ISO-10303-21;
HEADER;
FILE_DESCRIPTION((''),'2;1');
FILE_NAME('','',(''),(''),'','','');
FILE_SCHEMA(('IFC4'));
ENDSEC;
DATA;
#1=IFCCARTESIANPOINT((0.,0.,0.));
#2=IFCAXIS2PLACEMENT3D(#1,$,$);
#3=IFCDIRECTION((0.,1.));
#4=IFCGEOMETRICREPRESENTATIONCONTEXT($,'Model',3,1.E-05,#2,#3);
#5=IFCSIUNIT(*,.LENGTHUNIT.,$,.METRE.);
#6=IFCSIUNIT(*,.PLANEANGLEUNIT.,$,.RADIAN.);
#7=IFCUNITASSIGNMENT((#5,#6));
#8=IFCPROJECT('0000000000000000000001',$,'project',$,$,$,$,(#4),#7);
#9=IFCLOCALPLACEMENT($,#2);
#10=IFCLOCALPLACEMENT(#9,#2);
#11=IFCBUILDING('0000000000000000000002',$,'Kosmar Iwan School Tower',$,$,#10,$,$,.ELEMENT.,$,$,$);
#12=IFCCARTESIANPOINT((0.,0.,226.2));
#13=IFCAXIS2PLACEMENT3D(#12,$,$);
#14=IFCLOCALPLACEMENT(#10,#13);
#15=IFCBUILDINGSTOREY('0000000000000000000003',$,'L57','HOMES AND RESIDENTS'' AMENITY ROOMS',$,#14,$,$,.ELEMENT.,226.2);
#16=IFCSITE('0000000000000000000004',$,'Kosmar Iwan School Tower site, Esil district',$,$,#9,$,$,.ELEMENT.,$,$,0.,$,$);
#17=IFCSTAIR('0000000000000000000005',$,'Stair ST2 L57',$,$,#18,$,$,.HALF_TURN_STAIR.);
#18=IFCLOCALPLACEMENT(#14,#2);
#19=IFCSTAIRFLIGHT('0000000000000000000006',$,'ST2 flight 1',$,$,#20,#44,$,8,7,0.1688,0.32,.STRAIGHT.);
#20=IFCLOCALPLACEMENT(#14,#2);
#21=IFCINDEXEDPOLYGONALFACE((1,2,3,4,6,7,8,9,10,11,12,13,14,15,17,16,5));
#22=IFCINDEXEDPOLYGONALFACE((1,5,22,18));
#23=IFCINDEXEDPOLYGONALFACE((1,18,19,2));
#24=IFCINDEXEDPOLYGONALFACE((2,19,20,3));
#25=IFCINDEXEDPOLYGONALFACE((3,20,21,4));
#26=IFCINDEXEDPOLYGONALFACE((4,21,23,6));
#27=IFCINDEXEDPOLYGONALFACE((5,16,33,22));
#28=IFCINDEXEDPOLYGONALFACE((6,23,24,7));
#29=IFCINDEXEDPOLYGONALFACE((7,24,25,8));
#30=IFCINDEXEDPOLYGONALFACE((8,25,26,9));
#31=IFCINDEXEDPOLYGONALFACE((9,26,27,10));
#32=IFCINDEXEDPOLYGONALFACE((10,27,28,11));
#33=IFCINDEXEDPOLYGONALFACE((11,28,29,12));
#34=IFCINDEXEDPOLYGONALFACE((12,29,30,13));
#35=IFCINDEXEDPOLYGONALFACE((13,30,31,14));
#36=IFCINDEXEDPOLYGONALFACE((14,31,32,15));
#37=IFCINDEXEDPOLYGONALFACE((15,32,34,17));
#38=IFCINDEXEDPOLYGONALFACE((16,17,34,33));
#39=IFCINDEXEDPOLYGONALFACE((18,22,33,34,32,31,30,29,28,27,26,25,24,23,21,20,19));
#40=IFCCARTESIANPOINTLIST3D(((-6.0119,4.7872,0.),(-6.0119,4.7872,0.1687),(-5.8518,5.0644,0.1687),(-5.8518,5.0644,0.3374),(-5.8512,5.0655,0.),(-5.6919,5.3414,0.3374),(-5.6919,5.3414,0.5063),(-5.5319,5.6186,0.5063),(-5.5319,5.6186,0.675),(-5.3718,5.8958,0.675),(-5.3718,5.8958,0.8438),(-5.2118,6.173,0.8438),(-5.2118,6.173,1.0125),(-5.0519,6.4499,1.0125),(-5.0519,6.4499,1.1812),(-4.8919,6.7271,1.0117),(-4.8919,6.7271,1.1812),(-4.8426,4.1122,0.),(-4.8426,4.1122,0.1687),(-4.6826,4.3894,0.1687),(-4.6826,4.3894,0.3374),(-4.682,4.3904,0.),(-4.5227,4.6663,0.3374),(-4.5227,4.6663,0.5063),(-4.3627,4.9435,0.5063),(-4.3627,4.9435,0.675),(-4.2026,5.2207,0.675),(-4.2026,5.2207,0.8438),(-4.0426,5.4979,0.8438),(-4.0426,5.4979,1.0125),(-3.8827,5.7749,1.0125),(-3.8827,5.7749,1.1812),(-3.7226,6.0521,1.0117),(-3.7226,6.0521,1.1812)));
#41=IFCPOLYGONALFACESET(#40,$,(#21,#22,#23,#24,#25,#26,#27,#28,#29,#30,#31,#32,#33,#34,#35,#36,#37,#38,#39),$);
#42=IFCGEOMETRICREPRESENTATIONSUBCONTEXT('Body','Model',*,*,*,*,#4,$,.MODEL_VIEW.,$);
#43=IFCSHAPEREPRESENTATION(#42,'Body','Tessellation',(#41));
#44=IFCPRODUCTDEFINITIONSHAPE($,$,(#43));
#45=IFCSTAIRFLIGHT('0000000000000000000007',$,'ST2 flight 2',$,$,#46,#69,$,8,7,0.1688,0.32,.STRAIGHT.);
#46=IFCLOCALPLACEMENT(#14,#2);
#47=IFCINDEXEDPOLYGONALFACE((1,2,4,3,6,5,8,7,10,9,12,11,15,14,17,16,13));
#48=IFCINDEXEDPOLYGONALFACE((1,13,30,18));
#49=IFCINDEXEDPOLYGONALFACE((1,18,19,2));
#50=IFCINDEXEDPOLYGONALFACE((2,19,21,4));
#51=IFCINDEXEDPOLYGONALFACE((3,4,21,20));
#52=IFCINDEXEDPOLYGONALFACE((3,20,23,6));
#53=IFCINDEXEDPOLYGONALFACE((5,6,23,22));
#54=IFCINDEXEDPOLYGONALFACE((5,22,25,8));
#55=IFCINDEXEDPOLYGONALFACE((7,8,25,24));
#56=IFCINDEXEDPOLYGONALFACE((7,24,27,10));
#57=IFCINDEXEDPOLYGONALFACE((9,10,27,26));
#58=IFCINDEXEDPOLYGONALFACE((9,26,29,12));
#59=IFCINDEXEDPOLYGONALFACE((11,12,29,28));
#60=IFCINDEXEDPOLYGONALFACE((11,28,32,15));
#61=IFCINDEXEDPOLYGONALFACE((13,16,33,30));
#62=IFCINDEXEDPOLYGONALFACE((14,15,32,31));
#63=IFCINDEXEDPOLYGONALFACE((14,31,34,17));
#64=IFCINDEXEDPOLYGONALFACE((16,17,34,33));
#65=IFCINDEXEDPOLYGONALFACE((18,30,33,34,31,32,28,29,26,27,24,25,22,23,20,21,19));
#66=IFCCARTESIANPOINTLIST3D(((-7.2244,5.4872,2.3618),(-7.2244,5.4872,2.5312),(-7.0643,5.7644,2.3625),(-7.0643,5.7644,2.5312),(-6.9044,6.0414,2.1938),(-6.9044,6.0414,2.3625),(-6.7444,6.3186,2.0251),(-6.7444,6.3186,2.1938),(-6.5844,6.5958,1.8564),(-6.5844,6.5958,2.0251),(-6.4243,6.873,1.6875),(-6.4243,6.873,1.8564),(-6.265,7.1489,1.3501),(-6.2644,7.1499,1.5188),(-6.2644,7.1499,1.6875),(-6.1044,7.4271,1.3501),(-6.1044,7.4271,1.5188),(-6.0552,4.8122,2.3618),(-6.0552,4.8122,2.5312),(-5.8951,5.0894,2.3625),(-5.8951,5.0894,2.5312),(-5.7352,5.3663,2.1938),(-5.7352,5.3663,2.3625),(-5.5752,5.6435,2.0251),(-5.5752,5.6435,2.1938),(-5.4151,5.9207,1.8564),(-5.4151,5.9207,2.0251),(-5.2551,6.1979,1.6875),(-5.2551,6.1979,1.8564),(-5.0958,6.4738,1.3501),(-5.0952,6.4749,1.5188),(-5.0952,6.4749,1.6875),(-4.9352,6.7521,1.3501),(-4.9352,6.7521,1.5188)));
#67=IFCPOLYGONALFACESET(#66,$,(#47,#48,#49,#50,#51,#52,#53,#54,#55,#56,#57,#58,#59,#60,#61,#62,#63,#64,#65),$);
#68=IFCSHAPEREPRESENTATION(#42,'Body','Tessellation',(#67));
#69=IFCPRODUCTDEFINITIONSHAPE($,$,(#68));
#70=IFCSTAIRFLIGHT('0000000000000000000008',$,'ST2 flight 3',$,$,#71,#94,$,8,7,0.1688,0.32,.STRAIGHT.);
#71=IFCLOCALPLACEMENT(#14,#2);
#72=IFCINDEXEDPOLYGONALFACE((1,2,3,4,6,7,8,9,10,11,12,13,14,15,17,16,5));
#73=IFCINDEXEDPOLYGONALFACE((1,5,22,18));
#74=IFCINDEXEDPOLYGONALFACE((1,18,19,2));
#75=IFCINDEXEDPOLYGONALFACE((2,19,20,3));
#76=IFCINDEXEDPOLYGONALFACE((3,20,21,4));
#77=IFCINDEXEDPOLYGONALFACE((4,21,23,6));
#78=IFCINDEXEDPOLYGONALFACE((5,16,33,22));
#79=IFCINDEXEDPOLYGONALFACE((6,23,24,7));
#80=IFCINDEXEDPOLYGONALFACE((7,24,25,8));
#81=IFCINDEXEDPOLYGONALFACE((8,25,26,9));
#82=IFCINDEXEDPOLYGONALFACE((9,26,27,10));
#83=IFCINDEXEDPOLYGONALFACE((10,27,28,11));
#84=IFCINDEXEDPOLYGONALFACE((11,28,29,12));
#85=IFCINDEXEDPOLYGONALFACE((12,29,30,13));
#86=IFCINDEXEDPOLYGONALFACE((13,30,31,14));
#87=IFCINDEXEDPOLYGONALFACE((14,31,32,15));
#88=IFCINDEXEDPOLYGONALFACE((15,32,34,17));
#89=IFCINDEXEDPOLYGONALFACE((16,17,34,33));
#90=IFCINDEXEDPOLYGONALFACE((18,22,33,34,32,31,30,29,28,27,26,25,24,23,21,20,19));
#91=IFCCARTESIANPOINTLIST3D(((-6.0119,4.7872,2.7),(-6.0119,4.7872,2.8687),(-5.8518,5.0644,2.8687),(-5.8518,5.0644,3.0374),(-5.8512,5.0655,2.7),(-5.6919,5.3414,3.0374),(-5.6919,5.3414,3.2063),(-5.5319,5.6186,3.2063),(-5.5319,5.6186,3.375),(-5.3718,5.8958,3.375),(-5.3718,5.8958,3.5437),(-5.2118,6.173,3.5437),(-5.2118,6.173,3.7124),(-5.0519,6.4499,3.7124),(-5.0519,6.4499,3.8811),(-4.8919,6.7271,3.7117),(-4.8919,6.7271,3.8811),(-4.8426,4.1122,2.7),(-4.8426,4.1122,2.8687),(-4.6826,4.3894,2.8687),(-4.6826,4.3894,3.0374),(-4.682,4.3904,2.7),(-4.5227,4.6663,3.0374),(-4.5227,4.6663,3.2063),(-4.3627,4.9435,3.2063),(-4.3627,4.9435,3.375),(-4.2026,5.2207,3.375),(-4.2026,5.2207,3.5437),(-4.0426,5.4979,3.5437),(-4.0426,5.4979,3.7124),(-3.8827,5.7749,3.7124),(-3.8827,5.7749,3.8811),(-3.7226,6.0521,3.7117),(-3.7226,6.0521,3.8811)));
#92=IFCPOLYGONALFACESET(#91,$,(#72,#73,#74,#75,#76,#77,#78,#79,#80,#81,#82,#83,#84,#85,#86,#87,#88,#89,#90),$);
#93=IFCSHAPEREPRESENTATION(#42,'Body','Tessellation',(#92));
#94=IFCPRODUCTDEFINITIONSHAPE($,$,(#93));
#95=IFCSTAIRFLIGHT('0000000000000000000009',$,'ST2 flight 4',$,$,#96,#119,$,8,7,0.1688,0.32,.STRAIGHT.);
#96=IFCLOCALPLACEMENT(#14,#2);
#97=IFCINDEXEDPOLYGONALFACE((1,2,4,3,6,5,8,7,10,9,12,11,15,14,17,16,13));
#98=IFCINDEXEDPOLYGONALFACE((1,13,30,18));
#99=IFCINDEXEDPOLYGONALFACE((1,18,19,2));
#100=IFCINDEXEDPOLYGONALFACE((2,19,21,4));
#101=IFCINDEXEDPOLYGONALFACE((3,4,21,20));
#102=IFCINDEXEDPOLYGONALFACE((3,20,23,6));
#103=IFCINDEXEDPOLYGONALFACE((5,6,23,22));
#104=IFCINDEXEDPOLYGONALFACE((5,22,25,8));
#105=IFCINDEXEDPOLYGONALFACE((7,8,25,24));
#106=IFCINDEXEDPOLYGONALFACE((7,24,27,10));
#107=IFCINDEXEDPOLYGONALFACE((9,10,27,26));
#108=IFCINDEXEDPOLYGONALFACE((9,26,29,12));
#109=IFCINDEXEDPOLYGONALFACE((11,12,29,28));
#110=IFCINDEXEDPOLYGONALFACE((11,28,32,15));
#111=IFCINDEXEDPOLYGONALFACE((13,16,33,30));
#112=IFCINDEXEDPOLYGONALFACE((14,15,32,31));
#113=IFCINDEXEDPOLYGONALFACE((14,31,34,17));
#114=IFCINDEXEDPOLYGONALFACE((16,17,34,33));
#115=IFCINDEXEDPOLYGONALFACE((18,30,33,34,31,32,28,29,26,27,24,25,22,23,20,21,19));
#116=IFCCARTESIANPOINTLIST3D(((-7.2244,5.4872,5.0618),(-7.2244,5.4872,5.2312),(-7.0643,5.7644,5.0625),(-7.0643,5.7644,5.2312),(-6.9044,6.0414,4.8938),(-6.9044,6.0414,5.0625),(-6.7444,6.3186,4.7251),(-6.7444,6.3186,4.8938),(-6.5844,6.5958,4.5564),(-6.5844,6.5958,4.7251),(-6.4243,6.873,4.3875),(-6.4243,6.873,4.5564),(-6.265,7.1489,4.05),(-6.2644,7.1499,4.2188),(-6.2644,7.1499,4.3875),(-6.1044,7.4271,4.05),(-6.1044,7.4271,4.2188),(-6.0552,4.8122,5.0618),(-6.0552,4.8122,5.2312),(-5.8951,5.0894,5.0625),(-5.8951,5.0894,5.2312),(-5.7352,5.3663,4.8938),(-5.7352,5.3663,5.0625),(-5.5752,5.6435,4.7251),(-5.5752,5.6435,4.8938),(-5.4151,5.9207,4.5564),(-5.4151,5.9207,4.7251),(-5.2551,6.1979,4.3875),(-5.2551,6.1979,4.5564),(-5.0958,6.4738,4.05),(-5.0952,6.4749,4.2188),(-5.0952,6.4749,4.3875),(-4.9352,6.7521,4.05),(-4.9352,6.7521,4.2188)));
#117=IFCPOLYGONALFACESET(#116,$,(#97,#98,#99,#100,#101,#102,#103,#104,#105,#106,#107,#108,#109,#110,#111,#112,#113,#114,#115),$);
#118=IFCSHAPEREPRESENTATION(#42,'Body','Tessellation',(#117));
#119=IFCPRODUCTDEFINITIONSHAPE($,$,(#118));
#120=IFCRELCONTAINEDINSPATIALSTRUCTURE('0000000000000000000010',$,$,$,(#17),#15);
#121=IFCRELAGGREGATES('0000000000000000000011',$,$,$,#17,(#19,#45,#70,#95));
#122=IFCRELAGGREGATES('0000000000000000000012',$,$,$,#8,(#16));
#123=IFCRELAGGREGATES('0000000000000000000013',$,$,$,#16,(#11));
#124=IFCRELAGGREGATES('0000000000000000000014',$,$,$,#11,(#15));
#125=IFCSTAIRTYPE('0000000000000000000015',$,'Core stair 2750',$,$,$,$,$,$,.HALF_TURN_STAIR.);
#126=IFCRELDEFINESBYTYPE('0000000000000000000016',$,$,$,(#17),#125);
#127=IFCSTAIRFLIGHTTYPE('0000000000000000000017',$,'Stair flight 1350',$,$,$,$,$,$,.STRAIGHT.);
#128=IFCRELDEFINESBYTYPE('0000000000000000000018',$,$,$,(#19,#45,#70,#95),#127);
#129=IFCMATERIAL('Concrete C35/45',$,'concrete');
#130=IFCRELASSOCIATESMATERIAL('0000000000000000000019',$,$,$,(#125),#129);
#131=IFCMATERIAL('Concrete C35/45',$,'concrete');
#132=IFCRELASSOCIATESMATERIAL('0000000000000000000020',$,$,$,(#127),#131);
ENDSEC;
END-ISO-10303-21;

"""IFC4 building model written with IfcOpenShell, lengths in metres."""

from ifc_helpers import new_model, si_unit, direction, frame, origin, place, context, subcontext, project, spatial, polyline, outline, extrude, material, type_object, element, aggregate, save


model = new_model("IFC4")

# Units and contexts
model_context = context("Model", 3, precision=1e-05, world=origin(), true_north=direction((0.0, 1.0)))
body_context = subcontext(model_context, "Body", "Model", "MODEL_VIEW")
ifc_project = project(units=[si_unit("LENGTHUNIT", "METRE"), si_unit("PLANEANGLEUNIT", "RADIAN")], contexts=[model_context])

# Site, building, storey
site_placement = place(None, origin())
site = spatial("IfcSite", under=ifc_project, at=site_placement, Name="Kosmar Iwan School Tower site, Esil district", CompositionType="ELEMENT", RefElevation=0.0)
building_placement = place(site_placement, origin())
building = spatial("IfcBuilding", under=site, at=building_placement, Name="Kosmar Iwan School Tower", CompositionType="ELEMENT")
storey_placement = place(building_placement, frame((0.0, 0.0, 226.2)))
storey = spatial("IfcBuildingStorey", under=building, at=storey_placement, Name="L57", Description="HOMES AND RESIDENTS' AMENITY ROOMS", CompositionType="ELEMENT", Elevation=226.2)

# Stair, stair flights
ifc_material_1 = material(Name="Concrete C35/45", Category="concrete")
stair_type = type_object("IfcStairType", Name="Core stair 2750", PredefinedType="HALF_TURN_STAIR", material=ifc_material_1)
stair_placement = place(storey_placement, origin())
stair = element("IfcStair", 1, at=stair_placement, inside=storey, type_object=stair_type, Name="Stair ST2 L57", PredefinedType="HALF_TURN_STAIR")
ifc_material_2 = material(Name="Concrete C35/45", Category="concrete")
stair_flight_type = type_object("IfcStairFlightType", Name="Stair flight 1350", PredefinedType="STRAIGHT", material=ifc_material_2)
stair_flight_1_placement = place(storey_placement, frame((-5.4272, 4.4497, 0.0), z_axis=(0.0, 0.0, 1.0), x_axis=(0.5, 0.866025, 0.0)))
stair_flight_1 = element("IfcStairFlight", 2, at=stair_flight_1_placement, type_object=stair_flight_type, Name="ST2 flight 1", NumberOfRisers=8, NumberOfTreads=7, PredefinedType="STRAIGHT", RiserHeight=0.1688, TreadLength=0.32, context=body_context, shape_type="SweptSolid", body=[
    extrude(outline(polyline([(0.0, 0.0), (0.0, 0.1687), (0.3201, 0.1687), (0.3201, 0.3374), (0.6399, 0.3374), (0.6399, 0.5063), (0.96, 0.5063), (0.96, 0.675), (1.28, 0.675), (1.28, 0.8438), (1.6001, 0.8438), (1.6001, 1.0125), (1.9199, 1.0125), (1.9199, 1.1812), (2.24, 1.1812), (2.24, 1.3501), (2.24, 1.0117), (0.3213, 0.0), (0.0, 0.0)])), frame((0.0, 0.675, 0.0), z_axis=(0.0, -1.0, 0.0), x_axis=(1.0, 0.0, 0.0)), (0.0, 0.0, 1.0), 1.3501),
])
stair_flight_2_placement = place(storey_placement, frame((-5.5198, 7.0896, 1.3501), z_axis=(0.0, 0.0, 1.0), x_axis=(-0.5, -0.866025, 0.0)))
stair_flight_2 = element("IfcStairFlight", 3, at=stair_flight_2_placement, type_object=stair_flight_type, Name="ST2 flight 2", NumberOfRisers=8, NumberOfTreads=7, PredefinedType="STRAIGHT", RiserHeight=0.1688, TreadLength=0.32, context=body_context, shape_type="SweptSolid", body=[
    extrude(outline(polyline([(0.0, 0.0), (0.0, 0.1687), (0.3201, 0.1687), (0.3201, 0.3374), (0.6399, 0.3374), (0.6399, 0.5063), (0.96, 0.5063), (0.96, 0.675), (1.28, 0.675), (1.28, 0.8438), (1.6001, 0.8438), (1.6001, 1.0125), (1.9199, 1.0125), (1.9199, 1.1812), (2.24, 1.1812), (2.24, 1.3501), (2.24, 1.0117), (0.3213, 0.0), (0.0, 0.0)])), frame((0.0, 0.675, 0.0), z_axis=(0.0, -1.0, 0.0), x_axis=(1.0, 0.0, 0.0)), (0.0, 0.0, 1.0), 1.3501),
])
stair_flight_3_placement = place(storey_placement, frame((-5.4272, 4.4497, 2.7), z_axis=(0.0, 0.0, 1.0), x_axis=(0.5, 0.866025, 0.0)))
stair_flight_3 = element("IfcStairFlight", 4, at=stair_flight_3_placement, type_object=stair_flight_type, Name="ST2 flight 3", NumberOfRisers=8, NumberOfTreads=7, PredefinedType="STRAIGHT", RiserHeight=0.1688, TreadLength=0.32, context=body_context, shape_type="SweptSolid", body=[
    extrude(outline(polyline([(0.0, 0.0), (0.0, 0.1687), (0.3201, 0.1687), (0.3201, 0.3374), (0.6399, 0.3374), (0.6399, 0.5063), (0.96, 0.5063), (0.96, 0.675), (1.28, 0.675), (1.28, 0.8438), (1.6001, 0.8438), (1.6001, 1.0125), (1.9199, 1.0125), (1.9199, 1.1812), (2.24, 1.1812), (2.24, 1.3501), (2.24, 1.0117), (0.3213, 0.0), (0.0, 0.0)])), frame((0.0, 0.675, 0.0), z_axis=(0.0, -1.0, 0.0), x_axis=(1.0, 0.0, 0.0)), (0.0, 0.0, 1.0), 1.3501),
])
stair_flight_4_placement = place(storey_placement, frame((-5.5198, 7.0896, 4.05), z_axis=(0.0, 0.0, 1.0), x_axis=(-0.5, -0.866025, 0.0)))
stair_flight_4 = element("IfcStairFlight", 5, at=stair_flight_4_placement, type_object=stair_flight_type, Name="ST2 flight 4", NumberOfRisers=8, NumberOfTreads=7, PredefinedType="STRAIGHT", RiserHeight=0.1688, TreadLength=0.32, context=body_context, shape_type="SweptSolid", body=[
    extrude(outline(polyline([(0.0, 0.0), (0.0, 0.1687), (0.3201, 0.1687), (0.3201, 0.3374), (0.6399, 0.3374), (0.6399, 0.5063), (0.96, 0.5063), (0.96, 0.675), (1.28, 0.675), (1.28, 0.8438), (1.6001, 0.8438), (1.6001, 1.0125), (1.9199, 1.0125), (1.9199, 1.1812), (2.24, 1.1812), (2.24, 1.3501), (2.24, 1.0117), (0.3213, 0.0), (0.0, 0.0)])), frame((0.0, 0.675, 0.0), z_axis=(0.0, -1.0, 0.0), x_axis=(1.0, 0.0, 0.0)), (0.0, 0.0, 1.0), 1.3501),
])
aggregate(stair, [stair_flight_1, stair_flight_2, stair_flight_3, stair_flight_4])

save(model, "model.ifc")
